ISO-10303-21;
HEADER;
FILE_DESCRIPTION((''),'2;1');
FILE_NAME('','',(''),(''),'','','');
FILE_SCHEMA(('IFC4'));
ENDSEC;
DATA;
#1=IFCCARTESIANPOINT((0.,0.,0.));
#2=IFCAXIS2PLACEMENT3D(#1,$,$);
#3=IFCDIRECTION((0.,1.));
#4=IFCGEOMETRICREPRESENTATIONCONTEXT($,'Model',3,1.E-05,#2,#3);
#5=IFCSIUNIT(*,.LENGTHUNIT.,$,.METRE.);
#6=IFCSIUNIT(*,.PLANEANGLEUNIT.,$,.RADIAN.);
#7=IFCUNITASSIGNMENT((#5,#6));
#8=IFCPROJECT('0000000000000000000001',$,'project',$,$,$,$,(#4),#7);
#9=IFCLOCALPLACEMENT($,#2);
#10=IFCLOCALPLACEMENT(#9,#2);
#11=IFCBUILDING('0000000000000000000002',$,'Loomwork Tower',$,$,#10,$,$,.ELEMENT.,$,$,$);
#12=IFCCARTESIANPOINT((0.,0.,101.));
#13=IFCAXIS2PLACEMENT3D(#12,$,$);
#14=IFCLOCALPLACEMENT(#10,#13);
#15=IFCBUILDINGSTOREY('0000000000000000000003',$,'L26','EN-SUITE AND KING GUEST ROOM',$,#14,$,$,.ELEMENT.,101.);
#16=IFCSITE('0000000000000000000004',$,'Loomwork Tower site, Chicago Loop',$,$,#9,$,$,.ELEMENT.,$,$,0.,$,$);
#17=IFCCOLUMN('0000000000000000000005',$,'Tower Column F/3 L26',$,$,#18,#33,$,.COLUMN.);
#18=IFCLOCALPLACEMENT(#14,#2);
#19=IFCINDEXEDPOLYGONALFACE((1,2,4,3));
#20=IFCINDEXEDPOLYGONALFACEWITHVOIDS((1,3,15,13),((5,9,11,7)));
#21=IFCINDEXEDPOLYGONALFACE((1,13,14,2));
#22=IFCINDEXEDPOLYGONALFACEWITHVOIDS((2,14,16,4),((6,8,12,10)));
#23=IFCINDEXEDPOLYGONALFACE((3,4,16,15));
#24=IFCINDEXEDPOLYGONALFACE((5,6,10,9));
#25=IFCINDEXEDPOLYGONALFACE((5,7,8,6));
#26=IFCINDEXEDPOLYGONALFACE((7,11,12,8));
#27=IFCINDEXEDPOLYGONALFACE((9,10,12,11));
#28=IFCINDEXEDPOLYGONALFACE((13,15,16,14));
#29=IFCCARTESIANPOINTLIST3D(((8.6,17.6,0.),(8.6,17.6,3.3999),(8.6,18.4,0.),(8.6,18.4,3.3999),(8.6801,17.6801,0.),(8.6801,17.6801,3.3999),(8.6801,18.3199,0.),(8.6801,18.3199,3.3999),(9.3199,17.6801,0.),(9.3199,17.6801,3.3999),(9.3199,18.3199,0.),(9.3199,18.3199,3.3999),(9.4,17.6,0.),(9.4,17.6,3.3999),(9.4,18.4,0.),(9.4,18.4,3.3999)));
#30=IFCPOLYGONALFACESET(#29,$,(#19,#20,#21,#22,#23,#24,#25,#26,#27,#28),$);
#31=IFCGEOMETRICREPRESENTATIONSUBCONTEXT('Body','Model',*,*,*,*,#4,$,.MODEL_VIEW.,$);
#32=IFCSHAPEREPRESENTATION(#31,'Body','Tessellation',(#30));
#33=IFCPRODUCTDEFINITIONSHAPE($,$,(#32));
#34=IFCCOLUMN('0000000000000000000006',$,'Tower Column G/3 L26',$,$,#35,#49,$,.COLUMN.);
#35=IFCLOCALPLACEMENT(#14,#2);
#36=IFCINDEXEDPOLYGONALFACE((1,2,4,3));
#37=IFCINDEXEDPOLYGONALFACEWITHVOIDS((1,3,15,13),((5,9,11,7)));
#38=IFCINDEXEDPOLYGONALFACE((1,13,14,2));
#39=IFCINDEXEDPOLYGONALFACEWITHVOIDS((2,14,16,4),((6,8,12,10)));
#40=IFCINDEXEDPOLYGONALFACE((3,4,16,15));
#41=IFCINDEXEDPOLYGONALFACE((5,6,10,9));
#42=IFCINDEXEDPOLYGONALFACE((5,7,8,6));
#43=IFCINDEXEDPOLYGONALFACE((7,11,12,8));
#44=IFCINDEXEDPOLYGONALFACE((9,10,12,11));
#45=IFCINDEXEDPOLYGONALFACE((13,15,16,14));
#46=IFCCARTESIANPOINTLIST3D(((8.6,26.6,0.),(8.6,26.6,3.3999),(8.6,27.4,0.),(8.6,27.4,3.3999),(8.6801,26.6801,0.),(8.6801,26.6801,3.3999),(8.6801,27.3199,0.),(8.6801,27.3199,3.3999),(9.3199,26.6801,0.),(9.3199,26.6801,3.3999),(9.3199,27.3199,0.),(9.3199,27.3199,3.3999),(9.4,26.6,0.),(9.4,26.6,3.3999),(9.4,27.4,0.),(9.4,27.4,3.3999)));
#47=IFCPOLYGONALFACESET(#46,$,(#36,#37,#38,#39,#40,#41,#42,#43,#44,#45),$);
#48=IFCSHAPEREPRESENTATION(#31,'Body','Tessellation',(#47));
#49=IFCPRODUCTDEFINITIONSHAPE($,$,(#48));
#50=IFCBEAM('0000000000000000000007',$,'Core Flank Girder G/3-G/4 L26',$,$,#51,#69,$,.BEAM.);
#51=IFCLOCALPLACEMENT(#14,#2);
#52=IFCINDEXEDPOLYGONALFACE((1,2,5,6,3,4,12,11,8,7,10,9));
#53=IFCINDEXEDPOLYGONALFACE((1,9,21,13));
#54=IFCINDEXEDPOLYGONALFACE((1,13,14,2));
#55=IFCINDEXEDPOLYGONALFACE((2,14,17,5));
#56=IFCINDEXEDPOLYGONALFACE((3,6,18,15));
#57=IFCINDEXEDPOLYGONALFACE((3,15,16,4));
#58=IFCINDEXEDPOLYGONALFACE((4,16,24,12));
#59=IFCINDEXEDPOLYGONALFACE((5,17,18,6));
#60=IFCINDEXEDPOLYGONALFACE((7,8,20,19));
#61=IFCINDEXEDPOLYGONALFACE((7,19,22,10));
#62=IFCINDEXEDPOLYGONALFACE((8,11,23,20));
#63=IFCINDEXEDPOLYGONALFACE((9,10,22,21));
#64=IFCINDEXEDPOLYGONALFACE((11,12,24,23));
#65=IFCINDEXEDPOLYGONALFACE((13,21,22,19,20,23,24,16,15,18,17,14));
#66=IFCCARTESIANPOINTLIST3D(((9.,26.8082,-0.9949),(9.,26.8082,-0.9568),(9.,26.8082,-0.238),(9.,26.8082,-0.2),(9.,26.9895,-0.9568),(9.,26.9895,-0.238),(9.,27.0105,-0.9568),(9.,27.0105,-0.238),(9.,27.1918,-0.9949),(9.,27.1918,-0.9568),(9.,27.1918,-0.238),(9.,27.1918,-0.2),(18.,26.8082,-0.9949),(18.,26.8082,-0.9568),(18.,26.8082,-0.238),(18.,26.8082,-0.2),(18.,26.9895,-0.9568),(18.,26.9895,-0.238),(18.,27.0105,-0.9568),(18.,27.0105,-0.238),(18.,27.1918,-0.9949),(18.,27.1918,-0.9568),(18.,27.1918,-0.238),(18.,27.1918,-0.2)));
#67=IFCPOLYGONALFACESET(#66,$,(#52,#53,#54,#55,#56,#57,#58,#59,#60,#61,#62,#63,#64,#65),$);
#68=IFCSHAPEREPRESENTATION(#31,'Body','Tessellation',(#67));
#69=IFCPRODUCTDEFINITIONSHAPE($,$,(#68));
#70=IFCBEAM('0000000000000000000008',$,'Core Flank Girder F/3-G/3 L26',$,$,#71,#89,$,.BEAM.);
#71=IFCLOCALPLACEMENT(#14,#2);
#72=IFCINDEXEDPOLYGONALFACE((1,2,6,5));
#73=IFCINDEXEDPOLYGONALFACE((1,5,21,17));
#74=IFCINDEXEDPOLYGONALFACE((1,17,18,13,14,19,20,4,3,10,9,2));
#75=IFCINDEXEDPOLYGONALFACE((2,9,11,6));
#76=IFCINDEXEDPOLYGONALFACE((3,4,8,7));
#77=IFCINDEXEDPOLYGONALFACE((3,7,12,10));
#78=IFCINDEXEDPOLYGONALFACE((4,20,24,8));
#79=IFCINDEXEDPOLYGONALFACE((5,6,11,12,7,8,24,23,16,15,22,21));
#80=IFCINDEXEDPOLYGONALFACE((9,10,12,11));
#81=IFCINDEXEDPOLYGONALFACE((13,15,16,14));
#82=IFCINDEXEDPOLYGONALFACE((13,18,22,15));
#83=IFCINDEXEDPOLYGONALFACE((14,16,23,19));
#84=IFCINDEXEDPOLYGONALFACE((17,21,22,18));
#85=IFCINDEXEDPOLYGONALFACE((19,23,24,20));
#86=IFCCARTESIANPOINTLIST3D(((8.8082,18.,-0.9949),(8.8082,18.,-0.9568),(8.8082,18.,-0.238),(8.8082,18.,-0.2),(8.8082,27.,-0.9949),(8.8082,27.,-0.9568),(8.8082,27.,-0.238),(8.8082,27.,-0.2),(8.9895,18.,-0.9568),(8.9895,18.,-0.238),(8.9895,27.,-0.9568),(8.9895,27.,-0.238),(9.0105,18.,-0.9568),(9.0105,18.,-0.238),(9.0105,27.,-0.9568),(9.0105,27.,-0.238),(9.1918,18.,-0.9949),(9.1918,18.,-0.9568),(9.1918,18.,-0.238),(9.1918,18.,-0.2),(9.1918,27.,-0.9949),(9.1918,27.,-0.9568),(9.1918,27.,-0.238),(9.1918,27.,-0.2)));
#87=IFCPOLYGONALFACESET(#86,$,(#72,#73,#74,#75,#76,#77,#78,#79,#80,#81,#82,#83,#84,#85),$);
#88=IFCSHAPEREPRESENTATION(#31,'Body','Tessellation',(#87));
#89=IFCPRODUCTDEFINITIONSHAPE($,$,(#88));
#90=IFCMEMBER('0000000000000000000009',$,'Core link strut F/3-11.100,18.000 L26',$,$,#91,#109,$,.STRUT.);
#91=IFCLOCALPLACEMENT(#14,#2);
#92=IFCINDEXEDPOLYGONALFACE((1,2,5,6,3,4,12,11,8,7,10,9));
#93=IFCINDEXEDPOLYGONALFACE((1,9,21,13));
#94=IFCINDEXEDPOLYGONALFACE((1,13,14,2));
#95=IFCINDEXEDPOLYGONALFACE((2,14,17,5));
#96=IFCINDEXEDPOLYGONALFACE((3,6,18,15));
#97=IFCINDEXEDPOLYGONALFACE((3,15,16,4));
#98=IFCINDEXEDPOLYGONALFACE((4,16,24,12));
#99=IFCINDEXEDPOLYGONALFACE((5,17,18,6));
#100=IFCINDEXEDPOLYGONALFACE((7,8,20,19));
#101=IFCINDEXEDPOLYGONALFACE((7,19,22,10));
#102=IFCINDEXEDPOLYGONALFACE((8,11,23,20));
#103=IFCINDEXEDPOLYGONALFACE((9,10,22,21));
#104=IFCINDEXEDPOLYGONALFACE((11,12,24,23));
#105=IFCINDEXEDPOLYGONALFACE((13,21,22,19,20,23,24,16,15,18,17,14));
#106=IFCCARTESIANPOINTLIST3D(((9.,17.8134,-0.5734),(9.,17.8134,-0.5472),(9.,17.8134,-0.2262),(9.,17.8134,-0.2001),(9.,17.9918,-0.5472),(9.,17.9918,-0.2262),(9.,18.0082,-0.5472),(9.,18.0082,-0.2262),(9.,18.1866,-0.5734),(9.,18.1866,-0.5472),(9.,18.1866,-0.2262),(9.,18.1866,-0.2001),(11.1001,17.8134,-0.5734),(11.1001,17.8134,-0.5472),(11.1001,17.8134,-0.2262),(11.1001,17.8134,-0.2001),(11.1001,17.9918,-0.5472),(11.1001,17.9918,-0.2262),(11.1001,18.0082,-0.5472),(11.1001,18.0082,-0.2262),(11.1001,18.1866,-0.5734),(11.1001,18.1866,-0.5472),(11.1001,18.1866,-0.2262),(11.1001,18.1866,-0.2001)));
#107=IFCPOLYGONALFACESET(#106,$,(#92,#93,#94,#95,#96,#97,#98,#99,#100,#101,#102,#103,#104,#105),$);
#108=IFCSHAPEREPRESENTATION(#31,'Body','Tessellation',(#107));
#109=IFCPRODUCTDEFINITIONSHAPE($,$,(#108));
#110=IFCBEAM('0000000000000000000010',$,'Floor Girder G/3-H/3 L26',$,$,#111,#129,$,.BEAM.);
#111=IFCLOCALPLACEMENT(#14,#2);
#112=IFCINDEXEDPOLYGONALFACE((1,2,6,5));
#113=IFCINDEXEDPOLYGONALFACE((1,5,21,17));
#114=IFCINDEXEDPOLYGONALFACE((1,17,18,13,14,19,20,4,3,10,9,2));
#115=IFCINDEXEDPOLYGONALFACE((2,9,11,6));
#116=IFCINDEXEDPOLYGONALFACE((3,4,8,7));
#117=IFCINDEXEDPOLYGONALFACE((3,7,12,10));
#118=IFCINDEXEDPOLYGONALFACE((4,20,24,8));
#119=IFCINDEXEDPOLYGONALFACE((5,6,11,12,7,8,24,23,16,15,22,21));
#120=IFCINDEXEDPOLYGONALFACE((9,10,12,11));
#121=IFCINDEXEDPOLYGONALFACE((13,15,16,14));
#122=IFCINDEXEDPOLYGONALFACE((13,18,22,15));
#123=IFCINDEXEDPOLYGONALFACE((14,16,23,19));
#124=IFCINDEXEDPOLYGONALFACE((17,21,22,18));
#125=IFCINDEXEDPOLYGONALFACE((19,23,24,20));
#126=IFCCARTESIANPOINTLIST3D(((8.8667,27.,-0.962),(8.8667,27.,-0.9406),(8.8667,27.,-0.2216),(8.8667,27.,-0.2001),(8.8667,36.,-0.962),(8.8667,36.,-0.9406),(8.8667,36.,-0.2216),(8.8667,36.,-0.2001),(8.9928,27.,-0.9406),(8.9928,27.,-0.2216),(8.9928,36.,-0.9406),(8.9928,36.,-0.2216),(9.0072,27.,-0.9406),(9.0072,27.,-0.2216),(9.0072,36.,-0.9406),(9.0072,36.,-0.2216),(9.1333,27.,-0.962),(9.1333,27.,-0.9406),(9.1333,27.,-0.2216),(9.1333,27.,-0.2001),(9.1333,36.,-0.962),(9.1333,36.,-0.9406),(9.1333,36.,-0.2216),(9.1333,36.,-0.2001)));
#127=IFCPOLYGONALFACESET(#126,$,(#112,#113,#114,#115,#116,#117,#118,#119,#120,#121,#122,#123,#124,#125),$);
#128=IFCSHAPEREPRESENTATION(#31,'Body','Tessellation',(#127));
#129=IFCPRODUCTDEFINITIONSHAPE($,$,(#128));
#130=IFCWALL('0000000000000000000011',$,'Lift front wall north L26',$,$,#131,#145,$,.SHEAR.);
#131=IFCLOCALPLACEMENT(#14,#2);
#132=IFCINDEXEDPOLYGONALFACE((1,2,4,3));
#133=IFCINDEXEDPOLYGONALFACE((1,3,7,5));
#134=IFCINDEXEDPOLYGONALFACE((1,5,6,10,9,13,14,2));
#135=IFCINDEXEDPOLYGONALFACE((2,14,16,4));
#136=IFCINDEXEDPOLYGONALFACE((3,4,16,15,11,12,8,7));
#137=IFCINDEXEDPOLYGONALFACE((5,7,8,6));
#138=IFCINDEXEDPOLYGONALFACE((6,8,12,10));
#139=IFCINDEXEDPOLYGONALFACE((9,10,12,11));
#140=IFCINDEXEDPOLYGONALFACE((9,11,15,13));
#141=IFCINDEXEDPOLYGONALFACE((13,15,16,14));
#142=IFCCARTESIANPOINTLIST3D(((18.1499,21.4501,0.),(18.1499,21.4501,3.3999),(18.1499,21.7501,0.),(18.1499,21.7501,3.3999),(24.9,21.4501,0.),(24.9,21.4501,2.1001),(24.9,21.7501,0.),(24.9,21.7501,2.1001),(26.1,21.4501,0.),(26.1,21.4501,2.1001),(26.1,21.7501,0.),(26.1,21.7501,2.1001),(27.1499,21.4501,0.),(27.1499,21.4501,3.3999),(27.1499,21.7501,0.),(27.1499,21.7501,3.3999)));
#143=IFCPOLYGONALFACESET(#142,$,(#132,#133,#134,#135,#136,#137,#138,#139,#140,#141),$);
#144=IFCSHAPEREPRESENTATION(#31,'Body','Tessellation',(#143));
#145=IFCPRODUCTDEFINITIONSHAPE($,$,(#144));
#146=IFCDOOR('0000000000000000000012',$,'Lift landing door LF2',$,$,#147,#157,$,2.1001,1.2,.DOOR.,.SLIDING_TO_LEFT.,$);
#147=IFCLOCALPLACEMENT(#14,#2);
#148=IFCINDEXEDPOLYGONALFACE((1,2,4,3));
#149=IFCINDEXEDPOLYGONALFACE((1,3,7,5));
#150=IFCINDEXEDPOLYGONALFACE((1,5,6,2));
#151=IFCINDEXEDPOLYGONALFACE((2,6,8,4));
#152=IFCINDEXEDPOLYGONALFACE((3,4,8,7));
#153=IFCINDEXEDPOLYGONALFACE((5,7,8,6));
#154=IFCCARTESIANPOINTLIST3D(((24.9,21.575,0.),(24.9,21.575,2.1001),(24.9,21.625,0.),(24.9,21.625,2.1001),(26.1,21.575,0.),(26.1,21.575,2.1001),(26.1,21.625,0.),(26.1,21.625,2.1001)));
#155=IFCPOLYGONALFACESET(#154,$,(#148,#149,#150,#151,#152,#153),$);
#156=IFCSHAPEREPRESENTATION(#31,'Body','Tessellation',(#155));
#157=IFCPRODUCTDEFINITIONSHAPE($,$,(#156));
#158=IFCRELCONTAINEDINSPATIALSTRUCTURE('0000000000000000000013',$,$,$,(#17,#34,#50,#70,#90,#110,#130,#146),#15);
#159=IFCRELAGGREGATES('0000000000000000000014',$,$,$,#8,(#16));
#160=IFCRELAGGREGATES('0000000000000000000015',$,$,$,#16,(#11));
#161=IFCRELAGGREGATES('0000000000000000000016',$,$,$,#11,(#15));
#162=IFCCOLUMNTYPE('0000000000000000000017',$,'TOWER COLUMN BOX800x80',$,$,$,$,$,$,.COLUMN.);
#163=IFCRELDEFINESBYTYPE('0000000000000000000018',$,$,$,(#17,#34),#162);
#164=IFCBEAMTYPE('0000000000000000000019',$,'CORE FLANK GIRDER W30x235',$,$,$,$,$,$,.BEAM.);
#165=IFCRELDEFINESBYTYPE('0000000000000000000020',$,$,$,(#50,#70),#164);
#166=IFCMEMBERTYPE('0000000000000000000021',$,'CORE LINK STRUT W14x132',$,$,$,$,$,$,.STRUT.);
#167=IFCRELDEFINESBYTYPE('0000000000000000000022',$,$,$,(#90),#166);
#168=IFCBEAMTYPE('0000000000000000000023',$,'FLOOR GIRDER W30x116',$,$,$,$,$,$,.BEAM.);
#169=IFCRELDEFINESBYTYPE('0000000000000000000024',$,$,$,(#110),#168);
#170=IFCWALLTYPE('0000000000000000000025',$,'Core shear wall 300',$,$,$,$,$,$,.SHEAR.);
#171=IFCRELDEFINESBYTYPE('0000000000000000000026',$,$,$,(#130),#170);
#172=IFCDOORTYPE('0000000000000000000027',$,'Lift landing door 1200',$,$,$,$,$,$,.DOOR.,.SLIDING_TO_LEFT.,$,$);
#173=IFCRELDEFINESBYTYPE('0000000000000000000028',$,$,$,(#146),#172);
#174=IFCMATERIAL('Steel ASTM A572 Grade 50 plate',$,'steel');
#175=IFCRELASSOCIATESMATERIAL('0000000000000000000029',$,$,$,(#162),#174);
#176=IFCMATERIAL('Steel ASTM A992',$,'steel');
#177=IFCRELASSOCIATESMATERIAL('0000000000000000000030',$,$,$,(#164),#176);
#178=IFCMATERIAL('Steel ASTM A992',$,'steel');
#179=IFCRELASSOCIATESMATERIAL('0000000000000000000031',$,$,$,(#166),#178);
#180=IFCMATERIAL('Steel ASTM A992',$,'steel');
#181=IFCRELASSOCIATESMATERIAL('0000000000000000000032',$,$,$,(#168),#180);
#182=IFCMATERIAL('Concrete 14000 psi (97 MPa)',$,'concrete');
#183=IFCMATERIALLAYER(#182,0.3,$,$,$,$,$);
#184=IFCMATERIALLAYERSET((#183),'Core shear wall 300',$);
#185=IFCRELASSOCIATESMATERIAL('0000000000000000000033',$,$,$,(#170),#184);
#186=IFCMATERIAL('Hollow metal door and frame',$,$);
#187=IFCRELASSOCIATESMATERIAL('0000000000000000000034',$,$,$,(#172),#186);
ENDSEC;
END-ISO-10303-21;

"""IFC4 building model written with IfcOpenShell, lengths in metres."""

from ifc_helpers import new_model, si_unit, direction, frame, frame_2d, origin, origin_2d, place, context, subcontext, project, spatial, rectangle, hollow_rectangle, i_section, extrude, material, layer, layer_set, material_profile, profile_set, type_object, element, fill, save


model = new_model("IFC4")

# Units and contexts
model_context = context("Model", 3, precision=1e-05, world=origin(), true_north=direction((0.0, 1.0)))
body_context = subcontext(model_context, "Body", "Model", "MODEL_VIEW")
ifc_project = project(units=[si_unit("LENGTHUNIT", "METRE"), si_unit("PLANEANGLEUNIT", "RADIAN")], contexts=[model_context])

# Site, building, storey
site_placement = place(None, origin())
site = spatial("IfcSite", under=ifc_project, at=site_placement, Name="Loomwork Tower site, Chicago Loop", CompositionType="ELEMENT", RefElevation=0.0)
building_placement = place(site_placement, origin())
building = spatial("IfcBuilding", under=site, at=building_placement, Name="Loomwork Tower", CompositionType="ELEMENT")
storey_placement = place(building_placement, frame((0.0, 0.0, 101.0)))
storey = spatial("IfcBuildingStorey", under=building, at=storey_placement, Name="L26", Description="EN-SUITE AND KING GUEST ROOM", CompositionType="ELEMENT", Elevation=101.0)

# Columns
ifc_material_1 = material(Name="Steel ASTM A572 Grade 50 plate", Category="steel")
ifc_material_profile_1 = material_profile(ifc_material_1, hollow_rectangle(XDim=0.8, YDim=0.8, WallThickness=0.0801, at=origin_2d()), Name="BOX800x80")
ifc_profile_set_1 = profile_set([ifc_material_profile_1], Name="Steel ASTM A572 Grade 50 plate")
column_type = type_object("IfcColumnType", Name="TOWER COLUMN BOX800x80", PredefinedType="COLUMN", material=ifc_profile_set_1)
for number, where, z_axis, x_axis, name in (
    (1, (9.0, 18.0, 0.0), (0.0, 0.0, 1.0), (1.0, 0.0, 0.0), "Tower Column F/3 L26"),
    (2, (9.0, 27.0, 0.0), (0.0, 0.0, 1.0), (1.0, 0.0, 0.0), "Tower Column G/3 L26"),
):
    element("IfcColumn", number, at=place(storey_placement, frame(where, z_axis=z_axis, x_axis=x_axis)), inside=storey, type_object=column_type, Name=name, PredefinedType="COLUMN", context=body_context, shape_type="SweptSolid", body=[
        extrude(hollow_rectangle(XDim=0.8, YDim=0.8, WallThickness=0.0801, at=origin_2d()), origin(), (0.0, 0.0, 1.0), 3.3999),
    ])

# Beams
ifc_material_2 = material(Name="Steel ASTM A992", Category="steel")
ifc_material_profile_2 = material_profile(ifc_material_2, i_section(OverallWidth=0.3835, OverallDepth=0.7949, WebThickness=0.021, FlangeThickness=0.0381, at=origin_2d()), Name="W30x235")
ifc_profile_set_2 = profile_set([ifc_material_profile_2], Name="Steel ASTM A992")
beam_type_1 = type_object("IfcBeamType", Name="CORE FLANK GIRDER W30x235", PredefinedType="BEAM", material=ifc_profile_set_2)
for number, where, z_axis, x_axis, name in (
    (3, (9.0, 27.0, -0.5974), (1.0, 0.0, 0.0), (0.0, 1.0, 0.0), "Core Flank Girder G/3-G/4 L26"),
    (4, (9.0, 18.0, -0.5974), (0.0, 1.0, 0.0), (-1.0, 0.0, 0.0), "Core Flank Girder F/3-G/3 L26"),
):
    element("IfcBeam", number, at=place(storey_placement, frame(where, z_axis=z_axis, x_axis=x_axis)), inside=storey, type_object=beam_type_1, Name=name, PredefinedType="BEAM", context=body_context, shape_type="SweptSolid", body=[
        extrude(i_section(OverallWidth=0.3835, OverallDepth=0.7949, WebThickness=0.021, FlangeThickness=0.0381, at=origin_2d()), origin(), (0.0, 0.0, 1.0), 9.0),
    ])

# Member
ifc_material_3 = material(Name="Steel ASTM A992", Category="steel")
ifc_material_profile_3 = material_profile(ifc_material_3, i_section(OverallWidth=0.3733, OverallDepth=0.3733, WebThickness=0.0164, FlangeThickness=0.0261, at=origin_2d()), Name="W14x132")
ifc_profile_set_3 = profile_set([ifc_material_profile_3], Name="Steel ASTM A992")
member_type = type_object("IfcMemberType", Name="CORE LINK STRUT W14x132", PredefinedType="STRUT", material=ifc_profile_set_3)
member_placement = place(storey_placement, frame((9.0, 18.0, -0.3867), z_axis=(1.0, 0.0, 0.0), x_axis=(0.0, 1.0, 0.0)))
element("IfcMember", 5, at=member_placement, inside=storey, type_object=member_type, Name="Core link strut F/3-11.100,18.000 L26", PredefinedType="STRUT", context=body_context, shape_type="SweptSolid", body=[
    extrude(i_section(OverallWidth=0.3733, OverallDepth=0.3733, WebThickness=0.0164, FlangeThickness=0.0261, at=origin_2d()), origin(), (0.0, 0.0, 1.0), 2.1001),
])

# Beam
ifc_material_4 = material(Name="Steel ASTM A992", Category="steel")
ifc_material_profile_4 = material_profile(ifc_material_4, i_section(OverallWidth=0.2666, OverallDepth=0.762, WebThickness=0.0144, FlangeThickness=0.0215, at=origin_2d()), Name="W30x116")
ifc_profile_set_4 = profile_set([ifc_material_profile_4], Name="Steel ASTM A992")
beam_type_2 = type_object("IfcBeamType", Name="FLOOR GIRDER W30x116", PredefinedType="BEAM", material=ifc_profile_set_4)
beam_placement = place(storey_placement, frame((9.0, 27.0, -0.5811), z_axis=(0.0, 1.0, 0.0), x_axis=(-1.0, 0.0, 0.0)))
element("IfcBeam", 6, at=beam_placement, inside=storey, type_object=beam_type_2, Name="Floor Girder G/3-H/3 L26", PredefinedType="BEAM", context=body_context, shape_type="SweptSolid", body=[
    extrude(i_section(OverallWidth=0.2666, OverallDepth=0.762, WebThickness=0.0144, FlangeThickness=0.0215, at=origin_2d()), origin(), (0.0, 0.0, 1.0), 9.0),
])

# Wall, opening, door
ifc_material_5 = material(Name="Concrete 14000 psi (97 MPa)", Category="concrete")
ifc_layer_1 = layer(ifc_material_5, 0.3)
ifc_layer_set_1 = layer_set([ifc_layer_1], Name="Core shear wall 300")
wall_type_1 = type_object("IfcWallType", Name="Core shear wall 300", PredefinedType="SHEAR", material=ifc_layer_set_1)
wall_1_placement = place(storey_placement, frame((18.1499, 21.6001, 0.0), z_axis=(0.0, 0.0, 1.0), x_axis=(1.0, 0.0, 0.0)))
wall_1 = element("IfcWall", 7, at=wall_1_placement, inside=storey, type_object=wall_type_1, Name="Lift front wall north L26", PredefinedType="SHEAR", context=body_context, shape_type="SweptSolid", body=[
    extrude(rectangle(XDim=9.0, YDim=0.3, at=frame_2d((4.5, 0.0))), origin(), (0.0, 0.0, 1.0), 3.3999),
])
opening_1_placement = place(wall_1_placement, frame((6.75, 0.0, 0.0)))
opening_1 = element("IfcOpeningElement", 8, at=opening_1_placement, cuts=wall_1, PredefinedType="OPENING", context=body_context, shape_type="SweptSolid", body=[
    extrude(rectangle(XDim=1.2, YDim=2.1001, at=frame_2d((0.6001, 1.05))), frame((0.0, 0.1599, 0.0), z_axis=(0.0, -1.0, 0.0), x_axis=(1.0, 0.0, 0.0)), (0.0, 0.0, 1.0), 0.3201),
])
ifc_material_6 = material(Name="Hollow metal door and frame")
door_type_1 = type_object("IfcDoorType", Name="Lift landing door 1200", OperationType="SLIDING_TO_LEFT", PredefinedType="DOOR", material=ifc_material_6)
door_1_placement = place(opening_1_placement, origin())
door_1 = element("IfcDoor", 9, at=door_1_placement, inside=storey, type_object=door_type_1, Name="Lift landing door LF2", OperationType="SLIDING_TO_LEFT", OverallHeight=2.1001, OverallWidth=1.2, PredefinedType="DOOR", context=body_context, shape_type="SweptSolid", body=[
    extrude(rectangle(XDim=1.2, YDim=2.1001, at=frame_2d((0.6001, 1.05))), frame((0.0, 0.0249, 0.0), z_axis=(0.0, -1.0, 0.0), x_axis=(1.0, 0.0, 0.0)), (0.0, 0.0, 1.0), 0.05),
])
fill(opening_1, door_1)

save(model, "model.ifc")
